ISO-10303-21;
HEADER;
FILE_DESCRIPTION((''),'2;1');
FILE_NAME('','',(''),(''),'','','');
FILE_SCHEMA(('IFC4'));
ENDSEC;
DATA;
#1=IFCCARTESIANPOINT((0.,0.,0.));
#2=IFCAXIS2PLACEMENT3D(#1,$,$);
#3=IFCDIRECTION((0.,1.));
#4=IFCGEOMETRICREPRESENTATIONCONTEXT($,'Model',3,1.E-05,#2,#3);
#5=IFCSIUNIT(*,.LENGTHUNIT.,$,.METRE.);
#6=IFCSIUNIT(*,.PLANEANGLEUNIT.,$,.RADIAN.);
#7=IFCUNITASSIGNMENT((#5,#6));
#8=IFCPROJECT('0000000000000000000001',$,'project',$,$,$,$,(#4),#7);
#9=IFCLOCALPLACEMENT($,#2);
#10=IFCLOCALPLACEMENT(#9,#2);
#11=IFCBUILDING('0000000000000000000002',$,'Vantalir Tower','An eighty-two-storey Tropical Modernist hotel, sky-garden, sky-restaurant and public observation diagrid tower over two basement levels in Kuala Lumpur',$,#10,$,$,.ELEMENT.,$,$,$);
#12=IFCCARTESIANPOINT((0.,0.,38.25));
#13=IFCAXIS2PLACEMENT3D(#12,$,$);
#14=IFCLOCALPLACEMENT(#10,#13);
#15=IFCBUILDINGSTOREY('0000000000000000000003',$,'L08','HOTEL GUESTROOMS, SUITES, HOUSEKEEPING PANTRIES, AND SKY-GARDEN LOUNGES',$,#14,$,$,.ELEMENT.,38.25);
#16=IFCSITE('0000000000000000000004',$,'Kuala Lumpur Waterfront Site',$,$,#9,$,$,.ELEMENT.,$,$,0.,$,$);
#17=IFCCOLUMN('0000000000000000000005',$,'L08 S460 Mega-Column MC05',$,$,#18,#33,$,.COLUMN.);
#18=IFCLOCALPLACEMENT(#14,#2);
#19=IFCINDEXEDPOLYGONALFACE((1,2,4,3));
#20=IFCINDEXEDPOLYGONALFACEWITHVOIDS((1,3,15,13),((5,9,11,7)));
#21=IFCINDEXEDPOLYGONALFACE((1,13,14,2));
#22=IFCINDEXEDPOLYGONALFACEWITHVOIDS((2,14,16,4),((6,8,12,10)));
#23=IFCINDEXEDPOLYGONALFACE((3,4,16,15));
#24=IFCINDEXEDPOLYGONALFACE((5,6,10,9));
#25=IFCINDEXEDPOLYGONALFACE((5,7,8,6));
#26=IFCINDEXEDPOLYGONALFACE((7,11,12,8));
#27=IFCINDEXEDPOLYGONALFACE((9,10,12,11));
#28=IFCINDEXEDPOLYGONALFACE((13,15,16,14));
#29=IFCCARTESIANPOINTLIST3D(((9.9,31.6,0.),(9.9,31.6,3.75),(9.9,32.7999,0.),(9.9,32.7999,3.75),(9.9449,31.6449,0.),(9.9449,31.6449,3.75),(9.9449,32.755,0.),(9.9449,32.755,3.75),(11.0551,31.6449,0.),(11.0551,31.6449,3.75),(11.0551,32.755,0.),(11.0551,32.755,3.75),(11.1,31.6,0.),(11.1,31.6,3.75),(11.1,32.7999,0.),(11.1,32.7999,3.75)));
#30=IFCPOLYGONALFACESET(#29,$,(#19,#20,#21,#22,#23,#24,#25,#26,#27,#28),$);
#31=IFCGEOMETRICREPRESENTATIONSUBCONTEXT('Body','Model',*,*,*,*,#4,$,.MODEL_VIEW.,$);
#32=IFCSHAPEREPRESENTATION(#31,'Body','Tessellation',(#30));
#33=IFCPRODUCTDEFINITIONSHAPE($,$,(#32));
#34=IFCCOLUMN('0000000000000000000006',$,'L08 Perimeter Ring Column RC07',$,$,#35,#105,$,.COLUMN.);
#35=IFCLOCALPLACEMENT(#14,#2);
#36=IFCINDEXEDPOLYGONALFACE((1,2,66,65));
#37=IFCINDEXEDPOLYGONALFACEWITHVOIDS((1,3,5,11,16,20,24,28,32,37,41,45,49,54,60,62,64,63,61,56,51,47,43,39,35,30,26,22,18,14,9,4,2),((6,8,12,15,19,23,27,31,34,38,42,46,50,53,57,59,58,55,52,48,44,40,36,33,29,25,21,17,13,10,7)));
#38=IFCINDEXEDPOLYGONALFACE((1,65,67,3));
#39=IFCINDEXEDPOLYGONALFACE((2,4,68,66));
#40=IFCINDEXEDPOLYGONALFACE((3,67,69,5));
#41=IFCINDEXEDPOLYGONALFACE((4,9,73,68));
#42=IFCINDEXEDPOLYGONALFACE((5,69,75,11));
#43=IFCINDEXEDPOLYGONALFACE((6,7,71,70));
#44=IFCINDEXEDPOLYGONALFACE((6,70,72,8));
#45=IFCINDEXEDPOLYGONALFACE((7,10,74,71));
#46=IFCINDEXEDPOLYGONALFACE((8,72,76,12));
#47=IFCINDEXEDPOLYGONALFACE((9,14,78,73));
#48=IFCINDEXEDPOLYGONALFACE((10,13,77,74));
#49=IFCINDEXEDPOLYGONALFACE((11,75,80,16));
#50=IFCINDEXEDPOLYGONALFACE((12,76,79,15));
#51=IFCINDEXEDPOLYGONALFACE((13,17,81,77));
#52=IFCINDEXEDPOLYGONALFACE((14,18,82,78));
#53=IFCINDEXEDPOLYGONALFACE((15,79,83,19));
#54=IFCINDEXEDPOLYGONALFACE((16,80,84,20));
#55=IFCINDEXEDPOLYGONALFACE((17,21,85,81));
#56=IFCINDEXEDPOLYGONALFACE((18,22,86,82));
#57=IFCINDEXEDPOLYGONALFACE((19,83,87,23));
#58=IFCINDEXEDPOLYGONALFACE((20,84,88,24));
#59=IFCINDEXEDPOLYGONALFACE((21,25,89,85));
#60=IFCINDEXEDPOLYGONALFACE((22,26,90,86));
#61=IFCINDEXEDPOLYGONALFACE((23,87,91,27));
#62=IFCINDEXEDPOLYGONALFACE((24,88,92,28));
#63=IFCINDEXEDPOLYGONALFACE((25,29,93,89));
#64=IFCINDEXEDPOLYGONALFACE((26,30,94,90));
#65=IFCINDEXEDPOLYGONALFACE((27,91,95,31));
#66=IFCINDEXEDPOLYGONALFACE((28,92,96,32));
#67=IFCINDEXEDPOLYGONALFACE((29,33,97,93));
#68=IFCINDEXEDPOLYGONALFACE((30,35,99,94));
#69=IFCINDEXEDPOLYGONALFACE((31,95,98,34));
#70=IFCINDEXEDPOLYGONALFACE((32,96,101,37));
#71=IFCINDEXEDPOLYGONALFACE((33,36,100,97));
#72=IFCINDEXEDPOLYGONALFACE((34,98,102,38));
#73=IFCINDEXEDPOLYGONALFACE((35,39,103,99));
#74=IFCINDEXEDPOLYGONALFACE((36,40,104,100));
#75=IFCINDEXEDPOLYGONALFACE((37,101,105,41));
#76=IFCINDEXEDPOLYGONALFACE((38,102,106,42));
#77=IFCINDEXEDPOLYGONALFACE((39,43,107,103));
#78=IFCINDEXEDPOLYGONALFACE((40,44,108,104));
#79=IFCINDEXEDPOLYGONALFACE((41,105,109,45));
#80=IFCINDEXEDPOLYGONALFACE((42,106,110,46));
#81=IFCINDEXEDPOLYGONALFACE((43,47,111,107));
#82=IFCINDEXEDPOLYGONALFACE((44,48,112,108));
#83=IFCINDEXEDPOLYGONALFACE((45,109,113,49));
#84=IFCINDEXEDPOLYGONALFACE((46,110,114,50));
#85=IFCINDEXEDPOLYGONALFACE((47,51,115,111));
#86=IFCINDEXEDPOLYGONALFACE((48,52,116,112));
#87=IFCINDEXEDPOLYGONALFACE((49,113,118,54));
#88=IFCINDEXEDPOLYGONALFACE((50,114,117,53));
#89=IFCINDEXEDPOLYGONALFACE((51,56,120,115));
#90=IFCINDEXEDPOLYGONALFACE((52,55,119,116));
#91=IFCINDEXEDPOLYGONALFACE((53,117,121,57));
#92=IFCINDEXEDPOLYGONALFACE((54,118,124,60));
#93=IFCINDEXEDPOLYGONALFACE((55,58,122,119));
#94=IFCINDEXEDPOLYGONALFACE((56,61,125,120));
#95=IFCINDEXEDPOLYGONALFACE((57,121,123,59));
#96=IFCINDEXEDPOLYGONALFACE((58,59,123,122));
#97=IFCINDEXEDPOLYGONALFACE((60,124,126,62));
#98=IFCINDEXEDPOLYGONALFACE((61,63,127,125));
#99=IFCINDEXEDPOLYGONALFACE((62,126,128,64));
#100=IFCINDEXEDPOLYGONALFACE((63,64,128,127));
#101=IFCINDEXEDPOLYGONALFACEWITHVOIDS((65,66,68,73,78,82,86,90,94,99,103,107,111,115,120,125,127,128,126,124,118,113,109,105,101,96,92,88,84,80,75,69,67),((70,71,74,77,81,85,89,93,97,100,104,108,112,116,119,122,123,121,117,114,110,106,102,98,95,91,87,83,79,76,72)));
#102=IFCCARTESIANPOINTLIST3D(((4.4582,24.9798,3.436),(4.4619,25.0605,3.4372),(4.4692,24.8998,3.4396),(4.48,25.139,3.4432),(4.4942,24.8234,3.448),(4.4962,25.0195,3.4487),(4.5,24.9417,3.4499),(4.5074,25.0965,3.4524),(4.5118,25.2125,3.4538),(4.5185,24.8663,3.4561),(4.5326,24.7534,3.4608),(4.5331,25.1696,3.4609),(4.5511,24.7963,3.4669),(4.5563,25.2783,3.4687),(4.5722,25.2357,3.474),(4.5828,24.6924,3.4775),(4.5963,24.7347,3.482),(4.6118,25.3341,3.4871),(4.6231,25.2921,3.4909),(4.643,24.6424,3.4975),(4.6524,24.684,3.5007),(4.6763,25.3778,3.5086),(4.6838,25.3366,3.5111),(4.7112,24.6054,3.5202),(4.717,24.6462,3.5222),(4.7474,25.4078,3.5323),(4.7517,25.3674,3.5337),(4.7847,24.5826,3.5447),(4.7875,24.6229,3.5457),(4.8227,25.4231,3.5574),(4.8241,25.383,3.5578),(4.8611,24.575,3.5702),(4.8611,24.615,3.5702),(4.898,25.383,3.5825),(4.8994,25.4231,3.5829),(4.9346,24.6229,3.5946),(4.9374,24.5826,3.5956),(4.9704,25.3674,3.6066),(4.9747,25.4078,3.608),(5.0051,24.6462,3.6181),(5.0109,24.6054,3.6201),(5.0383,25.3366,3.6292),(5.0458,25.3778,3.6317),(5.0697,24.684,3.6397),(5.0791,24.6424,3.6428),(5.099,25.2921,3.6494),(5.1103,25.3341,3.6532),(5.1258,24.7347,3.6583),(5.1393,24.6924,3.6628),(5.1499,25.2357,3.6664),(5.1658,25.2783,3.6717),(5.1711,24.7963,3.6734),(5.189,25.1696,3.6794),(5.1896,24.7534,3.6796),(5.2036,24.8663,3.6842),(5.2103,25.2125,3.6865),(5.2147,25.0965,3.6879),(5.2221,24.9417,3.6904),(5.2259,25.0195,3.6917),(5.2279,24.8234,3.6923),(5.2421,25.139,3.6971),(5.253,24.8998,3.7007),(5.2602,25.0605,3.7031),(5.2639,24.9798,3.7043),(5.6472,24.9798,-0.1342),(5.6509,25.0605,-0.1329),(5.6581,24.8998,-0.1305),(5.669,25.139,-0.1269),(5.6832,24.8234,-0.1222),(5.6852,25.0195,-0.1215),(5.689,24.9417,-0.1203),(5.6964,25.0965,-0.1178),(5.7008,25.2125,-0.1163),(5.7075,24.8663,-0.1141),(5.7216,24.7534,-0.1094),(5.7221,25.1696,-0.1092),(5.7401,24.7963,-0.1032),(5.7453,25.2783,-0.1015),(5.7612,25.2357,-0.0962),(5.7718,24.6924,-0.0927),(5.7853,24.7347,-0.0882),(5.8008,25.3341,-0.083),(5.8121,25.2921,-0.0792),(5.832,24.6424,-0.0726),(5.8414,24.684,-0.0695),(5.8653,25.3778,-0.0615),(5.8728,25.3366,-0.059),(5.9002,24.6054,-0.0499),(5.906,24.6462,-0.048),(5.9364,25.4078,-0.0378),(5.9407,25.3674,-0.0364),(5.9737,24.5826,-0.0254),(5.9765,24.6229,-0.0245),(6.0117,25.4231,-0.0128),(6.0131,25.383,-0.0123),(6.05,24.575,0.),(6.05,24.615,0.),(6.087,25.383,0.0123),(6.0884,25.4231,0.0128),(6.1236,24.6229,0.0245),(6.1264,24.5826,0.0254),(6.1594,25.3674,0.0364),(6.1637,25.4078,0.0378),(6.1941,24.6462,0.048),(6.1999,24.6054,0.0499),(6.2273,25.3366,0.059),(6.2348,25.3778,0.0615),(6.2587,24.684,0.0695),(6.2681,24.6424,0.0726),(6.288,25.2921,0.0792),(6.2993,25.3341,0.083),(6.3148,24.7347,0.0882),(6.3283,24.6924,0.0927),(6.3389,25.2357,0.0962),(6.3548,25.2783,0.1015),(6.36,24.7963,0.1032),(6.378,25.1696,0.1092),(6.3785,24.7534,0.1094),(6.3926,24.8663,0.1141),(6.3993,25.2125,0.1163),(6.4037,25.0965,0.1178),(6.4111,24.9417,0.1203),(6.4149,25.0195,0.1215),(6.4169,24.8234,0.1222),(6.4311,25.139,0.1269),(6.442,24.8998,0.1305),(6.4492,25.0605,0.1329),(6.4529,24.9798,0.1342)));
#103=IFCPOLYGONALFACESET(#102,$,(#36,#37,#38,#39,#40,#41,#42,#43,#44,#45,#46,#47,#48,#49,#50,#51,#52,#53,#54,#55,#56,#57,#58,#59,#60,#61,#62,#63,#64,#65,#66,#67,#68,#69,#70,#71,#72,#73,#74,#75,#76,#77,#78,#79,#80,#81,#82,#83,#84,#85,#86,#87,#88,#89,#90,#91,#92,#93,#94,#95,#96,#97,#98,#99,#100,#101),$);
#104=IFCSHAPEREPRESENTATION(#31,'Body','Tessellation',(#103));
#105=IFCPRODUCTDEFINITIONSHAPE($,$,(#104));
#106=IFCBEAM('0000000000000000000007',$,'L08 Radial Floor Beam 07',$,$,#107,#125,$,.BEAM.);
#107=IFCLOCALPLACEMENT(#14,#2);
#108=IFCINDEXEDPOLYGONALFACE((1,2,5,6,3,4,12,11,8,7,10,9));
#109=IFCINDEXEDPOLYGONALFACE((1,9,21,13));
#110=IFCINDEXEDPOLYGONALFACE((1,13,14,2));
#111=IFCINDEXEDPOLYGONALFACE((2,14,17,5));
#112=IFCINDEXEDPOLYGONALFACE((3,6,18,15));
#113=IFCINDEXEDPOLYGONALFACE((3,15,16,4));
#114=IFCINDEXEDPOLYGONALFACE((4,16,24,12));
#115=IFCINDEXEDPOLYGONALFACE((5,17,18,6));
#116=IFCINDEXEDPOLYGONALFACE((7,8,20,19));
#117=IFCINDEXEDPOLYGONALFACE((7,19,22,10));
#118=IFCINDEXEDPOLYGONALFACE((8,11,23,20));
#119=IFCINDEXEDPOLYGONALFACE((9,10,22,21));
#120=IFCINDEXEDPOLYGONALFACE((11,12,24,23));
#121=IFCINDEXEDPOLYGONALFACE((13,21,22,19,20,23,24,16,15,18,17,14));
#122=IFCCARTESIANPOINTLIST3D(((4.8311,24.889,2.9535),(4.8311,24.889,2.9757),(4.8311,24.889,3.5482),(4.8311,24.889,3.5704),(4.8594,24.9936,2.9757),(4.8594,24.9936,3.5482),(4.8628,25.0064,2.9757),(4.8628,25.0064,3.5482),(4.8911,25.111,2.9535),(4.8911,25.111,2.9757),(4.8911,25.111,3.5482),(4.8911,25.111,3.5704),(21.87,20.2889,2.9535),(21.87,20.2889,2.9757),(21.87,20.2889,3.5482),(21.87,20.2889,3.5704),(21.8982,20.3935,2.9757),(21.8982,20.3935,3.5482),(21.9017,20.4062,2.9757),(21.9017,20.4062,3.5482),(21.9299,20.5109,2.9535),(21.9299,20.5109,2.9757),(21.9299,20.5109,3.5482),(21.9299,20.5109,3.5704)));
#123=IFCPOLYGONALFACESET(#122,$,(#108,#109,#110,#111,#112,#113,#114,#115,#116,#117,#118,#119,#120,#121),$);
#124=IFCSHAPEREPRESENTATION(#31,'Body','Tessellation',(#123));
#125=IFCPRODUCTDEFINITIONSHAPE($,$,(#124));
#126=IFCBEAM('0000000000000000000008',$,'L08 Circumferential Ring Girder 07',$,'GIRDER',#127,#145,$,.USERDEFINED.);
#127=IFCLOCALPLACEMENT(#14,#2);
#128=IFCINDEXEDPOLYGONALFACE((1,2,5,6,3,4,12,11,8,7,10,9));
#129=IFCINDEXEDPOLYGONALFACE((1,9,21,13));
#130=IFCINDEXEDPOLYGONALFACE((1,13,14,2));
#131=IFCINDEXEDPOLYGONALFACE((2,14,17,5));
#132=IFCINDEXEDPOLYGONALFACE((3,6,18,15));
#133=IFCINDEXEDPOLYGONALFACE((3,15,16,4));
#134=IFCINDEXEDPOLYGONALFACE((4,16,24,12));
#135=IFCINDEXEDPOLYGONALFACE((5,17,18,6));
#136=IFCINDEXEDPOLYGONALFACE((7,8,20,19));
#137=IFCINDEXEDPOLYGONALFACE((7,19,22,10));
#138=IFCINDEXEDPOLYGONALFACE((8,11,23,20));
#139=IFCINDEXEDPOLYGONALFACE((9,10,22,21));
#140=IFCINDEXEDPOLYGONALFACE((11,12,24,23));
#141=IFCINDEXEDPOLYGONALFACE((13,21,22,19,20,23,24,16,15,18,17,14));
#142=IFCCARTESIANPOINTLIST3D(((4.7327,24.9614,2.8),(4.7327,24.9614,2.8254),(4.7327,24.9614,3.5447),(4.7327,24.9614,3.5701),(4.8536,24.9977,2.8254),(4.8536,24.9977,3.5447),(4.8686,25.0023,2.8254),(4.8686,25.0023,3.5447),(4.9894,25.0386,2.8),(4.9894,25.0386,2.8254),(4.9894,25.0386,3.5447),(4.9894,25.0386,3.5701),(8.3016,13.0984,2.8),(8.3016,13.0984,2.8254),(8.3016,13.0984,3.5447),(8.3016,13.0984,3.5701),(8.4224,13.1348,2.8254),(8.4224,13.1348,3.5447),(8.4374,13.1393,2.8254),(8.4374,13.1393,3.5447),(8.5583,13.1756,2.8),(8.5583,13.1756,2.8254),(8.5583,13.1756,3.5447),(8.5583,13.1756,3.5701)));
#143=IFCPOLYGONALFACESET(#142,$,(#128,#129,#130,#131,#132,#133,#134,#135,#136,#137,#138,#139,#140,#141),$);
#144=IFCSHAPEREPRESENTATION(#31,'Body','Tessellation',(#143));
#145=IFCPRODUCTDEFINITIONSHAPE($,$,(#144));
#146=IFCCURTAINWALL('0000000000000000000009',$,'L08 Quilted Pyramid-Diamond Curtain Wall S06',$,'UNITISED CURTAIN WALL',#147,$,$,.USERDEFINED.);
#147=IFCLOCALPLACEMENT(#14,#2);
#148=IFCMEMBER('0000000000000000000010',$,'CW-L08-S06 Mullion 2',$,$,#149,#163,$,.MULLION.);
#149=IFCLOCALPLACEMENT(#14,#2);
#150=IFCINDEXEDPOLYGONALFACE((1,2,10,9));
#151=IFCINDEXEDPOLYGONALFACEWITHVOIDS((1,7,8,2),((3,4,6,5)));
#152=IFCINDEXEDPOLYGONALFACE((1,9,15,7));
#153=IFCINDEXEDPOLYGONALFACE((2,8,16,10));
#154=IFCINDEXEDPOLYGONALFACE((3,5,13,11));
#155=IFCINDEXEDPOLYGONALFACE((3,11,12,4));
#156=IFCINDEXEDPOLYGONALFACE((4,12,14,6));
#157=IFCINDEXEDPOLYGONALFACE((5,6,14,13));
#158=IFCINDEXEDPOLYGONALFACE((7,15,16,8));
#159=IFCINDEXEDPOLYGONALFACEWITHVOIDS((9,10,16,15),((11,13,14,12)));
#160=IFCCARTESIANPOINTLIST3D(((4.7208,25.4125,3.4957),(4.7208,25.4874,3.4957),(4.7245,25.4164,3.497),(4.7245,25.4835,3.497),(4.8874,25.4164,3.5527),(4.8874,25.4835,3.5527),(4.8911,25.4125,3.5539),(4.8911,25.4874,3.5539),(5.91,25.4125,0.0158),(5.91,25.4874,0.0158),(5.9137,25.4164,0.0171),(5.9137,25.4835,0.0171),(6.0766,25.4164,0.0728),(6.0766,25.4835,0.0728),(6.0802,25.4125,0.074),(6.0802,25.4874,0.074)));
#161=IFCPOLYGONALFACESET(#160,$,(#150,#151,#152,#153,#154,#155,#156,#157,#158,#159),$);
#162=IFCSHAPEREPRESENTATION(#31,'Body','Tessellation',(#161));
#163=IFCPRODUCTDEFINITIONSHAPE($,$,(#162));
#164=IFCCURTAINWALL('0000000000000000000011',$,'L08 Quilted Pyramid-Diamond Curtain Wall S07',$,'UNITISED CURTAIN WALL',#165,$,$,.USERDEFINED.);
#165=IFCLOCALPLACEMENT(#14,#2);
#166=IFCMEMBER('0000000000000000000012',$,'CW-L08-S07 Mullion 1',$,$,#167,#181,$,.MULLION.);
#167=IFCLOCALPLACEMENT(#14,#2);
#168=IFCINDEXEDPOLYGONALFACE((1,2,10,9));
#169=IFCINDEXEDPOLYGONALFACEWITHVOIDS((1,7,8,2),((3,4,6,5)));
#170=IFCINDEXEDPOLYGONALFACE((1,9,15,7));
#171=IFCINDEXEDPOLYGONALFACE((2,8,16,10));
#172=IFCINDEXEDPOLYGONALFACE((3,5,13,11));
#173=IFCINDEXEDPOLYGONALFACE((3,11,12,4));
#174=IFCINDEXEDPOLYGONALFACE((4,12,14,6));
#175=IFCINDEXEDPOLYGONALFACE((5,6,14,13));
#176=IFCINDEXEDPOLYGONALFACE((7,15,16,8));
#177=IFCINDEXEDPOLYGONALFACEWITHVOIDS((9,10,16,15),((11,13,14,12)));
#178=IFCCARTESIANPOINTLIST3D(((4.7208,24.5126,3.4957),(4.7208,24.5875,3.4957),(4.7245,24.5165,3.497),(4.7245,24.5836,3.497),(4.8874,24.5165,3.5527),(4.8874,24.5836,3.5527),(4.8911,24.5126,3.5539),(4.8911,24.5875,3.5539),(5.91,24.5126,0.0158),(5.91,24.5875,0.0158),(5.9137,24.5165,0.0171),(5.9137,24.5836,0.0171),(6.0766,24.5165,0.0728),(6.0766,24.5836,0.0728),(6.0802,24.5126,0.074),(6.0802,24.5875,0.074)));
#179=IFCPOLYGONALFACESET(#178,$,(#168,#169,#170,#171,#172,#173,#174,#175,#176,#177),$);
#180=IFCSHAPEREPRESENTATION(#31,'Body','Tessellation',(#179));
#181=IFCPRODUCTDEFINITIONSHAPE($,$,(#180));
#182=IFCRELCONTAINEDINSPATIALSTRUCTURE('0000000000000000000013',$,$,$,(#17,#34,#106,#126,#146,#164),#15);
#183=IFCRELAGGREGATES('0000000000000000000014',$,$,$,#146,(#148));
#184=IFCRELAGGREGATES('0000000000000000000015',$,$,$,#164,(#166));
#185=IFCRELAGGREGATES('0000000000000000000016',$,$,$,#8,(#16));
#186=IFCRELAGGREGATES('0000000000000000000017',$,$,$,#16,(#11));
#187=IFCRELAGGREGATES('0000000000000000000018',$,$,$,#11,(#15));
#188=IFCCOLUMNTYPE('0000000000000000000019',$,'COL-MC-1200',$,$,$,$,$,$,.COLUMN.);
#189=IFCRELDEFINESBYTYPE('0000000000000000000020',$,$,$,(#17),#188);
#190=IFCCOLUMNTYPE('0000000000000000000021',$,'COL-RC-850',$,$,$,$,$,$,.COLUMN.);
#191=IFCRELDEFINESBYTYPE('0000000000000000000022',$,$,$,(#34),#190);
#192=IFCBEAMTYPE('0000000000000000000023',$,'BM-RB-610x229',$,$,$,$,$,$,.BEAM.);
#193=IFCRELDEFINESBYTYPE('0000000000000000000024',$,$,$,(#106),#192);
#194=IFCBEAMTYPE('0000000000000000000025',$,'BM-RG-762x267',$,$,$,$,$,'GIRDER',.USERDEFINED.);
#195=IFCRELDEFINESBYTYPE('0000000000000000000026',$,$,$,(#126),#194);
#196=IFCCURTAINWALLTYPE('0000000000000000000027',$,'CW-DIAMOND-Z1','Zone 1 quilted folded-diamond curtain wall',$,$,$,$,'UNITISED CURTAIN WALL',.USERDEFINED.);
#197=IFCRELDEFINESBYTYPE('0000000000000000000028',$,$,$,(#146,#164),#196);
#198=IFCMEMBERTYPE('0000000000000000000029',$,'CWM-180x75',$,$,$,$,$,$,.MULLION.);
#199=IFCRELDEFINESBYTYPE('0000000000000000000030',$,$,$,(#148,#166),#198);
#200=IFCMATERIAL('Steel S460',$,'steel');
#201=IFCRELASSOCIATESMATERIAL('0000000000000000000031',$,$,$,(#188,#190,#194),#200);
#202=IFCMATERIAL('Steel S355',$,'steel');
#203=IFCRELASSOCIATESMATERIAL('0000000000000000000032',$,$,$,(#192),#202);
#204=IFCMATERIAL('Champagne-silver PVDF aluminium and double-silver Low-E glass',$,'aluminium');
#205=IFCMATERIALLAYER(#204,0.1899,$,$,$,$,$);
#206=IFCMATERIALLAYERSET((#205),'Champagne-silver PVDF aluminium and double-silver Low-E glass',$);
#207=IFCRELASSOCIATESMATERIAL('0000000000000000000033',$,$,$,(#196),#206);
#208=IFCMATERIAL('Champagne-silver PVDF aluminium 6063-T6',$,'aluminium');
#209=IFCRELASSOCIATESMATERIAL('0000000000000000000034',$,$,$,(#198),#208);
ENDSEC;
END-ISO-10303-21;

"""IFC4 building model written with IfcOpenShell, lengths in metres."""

from ifc_helpers import new_model, si_unit, direction, frame, origin, origin_2d, place, context, subcontext, project, spatial, hollow_rectangle, hollow_circle, i_section, extrude, material, layer, layer_set, material_profile, profile_set, type_object, element, aggregate, save


model = new_model("IFC4")

# Units and contexts
model_context = context("Model", 3, precision=1e-05, world=origin(), true_north=direction((0.0, 1.0)))
body_context = subcontext(model_context, "Body", "Model", "MODEL_VIEW")
ifc_project = project(units=[si_unit("LENGTHUNIT", "METRE"), si_unit("PLANEANGLEUNIT", "RADIAN")], contexts=[model_context])

# Site, building, storey
site_placement = place(None, origin())
site = spatial("IfcSite", under=ifc_project, at=site_placement, Name="Kuala Lumpur Waterfront Site", CompositionType="ELEMENT", RefElevation=0.0)
building_placement = place(site_placement, origin())
building = spatial("IfcBuilding", under=site, at=building_placement, Name="Vantalir Tower", Description="An eighty-two-storey Tropical Modernist hotel, sky-garden, sky-restaurant and public observation diagrid tower over two basement levels in Kuala Lumpur", CompositionType="ELEMENT")
storey_placement = place(building_placement, frame((0.0, 0.0, 38.25)))
storey = spatial("IfcBuildingStorey", under=building, at=storey_placement, Name="L08", Description="HOTEL GUESTROOMS, SUITES, HOUSEKEEPING PANTRIES, AND SKY-GARDEN LOUNGES", CompositionType="ELEMENT", Elevation=38.25)

# Columns
ifc_material_1 = material(Name="Steel S460", Category="steel")
ifc_material_profile_1 = material_profile(ifc_material_1, hollow_rectangle(XDim=1.2, YDim=1.2, WallThickness=0.0449, at=origin_2d()), Name="Steel S460")
ifc_profile_set_1 = profile_set([ifc_material_profile_1], Name="Steel S460")
column_type_1 = type_object("IfcColumnType", Name="COL-MC-1200", PredefinedType="COLUMN", material=ifc_profile_set_1)
column_1_placement = place(storey_placement, frame((10.5, 32.2, 0.0), z_axis=(0.0, 0.0, 1.0), x_axis=(1.0, 0.0, 0.0)))
element("IfcColumn", 1, at=column_1_placement, inside=storey, type_object=column_type_1, Name="L08 S460 Mega-Column MC05", PredefinedType="COLUMN", context=body_context, shape_type="SweptSolid", body=[
    extrude(hollow_rectangle(XDim=1.2, YDim=1.2, WallThickness=0.0449, at=origin_2d()), origin(), (0.0, 0.0, 1.0), 3.75),
])
ifc_material_profile_2 = material_profile(ifc_material_1, hollow_circle(Radius=0.425, WallThickness=0.04, at=origin_2d()), Name="Steel S460")
ifc_profile_set_2 = profile_set([ifc_material_profile_2], Name="Steel S460")
column_type_2 = type_object("IfcColumnType", Name="COL-RC-850", PredefinedType="COLUMN", material=ifc_profile_set_2)
column_2_placement = place(storey_placement, frame((6.05, 25.0, 0.0), z_axis=(-0.315975, 0.0, 0.948768), x_axis=(0.0, -1.0, 0.0)))
element("IfcColumn", 2, at=column_2_placement, inside=storey, type_object=column_type_2, Name="L08 Perimeter Ring Column RC07", PredefinedType="COLUMN", context=body_context, shape_type="SweptSolid", body=[
    extrude(hollow_circle(Radius=0.425, WallThickness=0.04, at=origin_2d()), origin(), (0.0, 0.0, 1.0), 3.7629),
])

# Beams
ifc_material_2 = material(Name="Steel S355", Category="steel")
ifc_material_profile_3 = material_profile(ifc_material_2, i_section(OverallWidth=0.23, OverallDepth=0.6169, WebThickness=0.0132, FlangeThickness=0.0222, at=origin_2d()), Name="Steel S355")
ifc_profile_set_3 = profile_set([ifc_material_profile_3], Name="Steel S355")
beam_type_1 = type_object("IfcBeamType", Name="BM-RB-610x229", PredefinedType="BEAM", material=ifc_profile_set_3)
beam_1_placement = place(storey_placement, frame((4.8611, 25.0, 3.262), z_axis=(0.965435, -0.260646, 0.0), x_axis=(0.260646, 0.965435, 0.0)))
element("IfcBeam", 3, at=beam_1_placement, inside=storey, type_object=beam_type_1, Name="L08 Radial Floor Beam 07", PredefinedType="BEAM", context=body_context, shape_type="SweptSolid", body=[
    extrude(i_section(OverallWidth=0.23, OverallDepth=0.6169, WebThickness=0.0132, FlangeThickness=0.0222, at=origin_2d()), origin(), (0.0, 0.0, 1.0), 17.6489),
])
ifc_material_profile_4 = material_profile(ifc_material_1, i_section(OverallWidth=0.2681, OverallDepth=0.77, WebThickness=0.0156, FlangeThickness=0.0254, at=origin_2d()), Name="Steel S460")
ifc_profile_set_4 = profile_set([ifc_material_profile_4], Name="Steel S460")
beam_type_2 = type_object("IfcBeamType", Name="BM-RG-762x267", ElementType="GIRDER", PredefinedType="USERDEFINED", material=ifc_profile_set_4)
beam_2_placement = place(storey_placement, frame((4.8611, 25.0, 3.1851), z_axis=(0.288084, -0.957605, 0.0), x_axis=(0.957605, 0.288084, 0.0)))
element("IfcBeam", 4, at=beam_2_placement, inside=storey, type_object=beam_type_2, Name="L08 Circumferential Ring Girder 07", ObjectType="GIRDER", PredefinedType="USERDEFINED", context=body_context, shape_type="SweptSolid", body=[
    extrude(i_section(OverallWidth=0.2681, OverallDepth=0.77, WebThickness=0.0156, FlangeThickness=0.0254, at=origin_2d()), origin(), (0.0, 0.0, 1.0), 12.3882),
])

# Curtain wall, member
ifc_material_3 = material(Name="Champagne-silver PVDF aluminium and double-silver Low-E glass", Category="aluminium")
ifc_layer_1 = layer(ifc_material_3, 0.1899)
ifc_layer_set_1 = layer_set([ifc_layer_1], Name="Champagne-silver PVDF aluminium and double-silver Low-E glass")
curtain_wall_type = type_object("IfcCurtainWallType", Name="CW-DIAMOND-Z1", Description="Zone 1 quilted folded-diamond curtain wall", ElementType="UNITISED CURTAIN WALL", PredefinedType="USERDEFINED", material=ifc_layer_set_1)
curtain_wall_1_placement = place(storey_placement, origin())
curtain_wall_1 = element("IfcCurtainWall", 5, at=curtain_wall_1_placement, inside=storey, type_object=curtain_wall_type, Name="L08 Quilted Pyramid-Diamond Curtain Wall S06", ObjectType="UNITISED CURTAIN WALL", PredefinedType="USERDEFINED")
ifc_material_4 = material(Name="Champagne-silver PVDF aluminium 6063-T6", Category="aluminium")
ifc_material_profile_5 = material_profile(ifc_material_4, hollow_rectangle(XDim=0.075, YDim=0.1799, WallThickness=0.0039, at=origin_2d()), Name="Champagne-silver PVDF aluminium 6063-T6")
ifc_profile_set_5 = profile_set([ifc_material_profile_5], Name="Champagne-silver PVDF aluminium 6063-T6")
member_type_1 = type_object("IfcMemberType", Name="CWM-180x75", PredefinedType="MULLION", material=ifc_profile_set_5)
member_1_placement = place(storey_placement, frame((5.9951, 25.45, 0.0449), z_axis=(-0.323369, 0.0, 0.946273), x_axis=(0.0, -1.0, 0.0)))
member_1 = element("IfcMember", 6, at=member_1_placement, type_object=member_type_1, Name="CW-L08-S06 Mullion 2", PredefinedType="MULLION", context=body_context, shape_type="SweptSolid", body=[
    extrude(hollow_rectangle(XDim=0.075, YDim=0.1799, WallThickness=0.0039, at=origin_2d()), origin(), (0.0, 0.0, 1.0), 3.6775),
])

# Curtain wall, member
curtain_wall_2_placement = place(storey_placement, origin())
curtain_wall_2 = element("IfcCurtainWall", 7, at=curtain_wall_2_placement, inside=storey, type_object=curtain_wall_type, Name="L08 Quilted Pyramid-Diamond Curtain Wall S07", ObjectType="UNITISED CURTAIN WALL", PredefinedType="USERDEFINED")
member_2_placement = place(storey_placement, frame((5.9951, 24.55, 0.0449), z_axis=(-0.323369, 0.0, 0.946273), x_axis=(0.0, -1.0, 0.0)))
member_2 = element("IfcMember", 8, at=member_2_placement, type_object=member_type_1, Name="CW-L08-S07 Mullion 1", PredefinedType="MULLION", context=body_context, shape_type="SweptSolid", body=[
    extrude(hollow_rectangle(XDim=0.075, YDim=0.1799, WallThickness=0.0039, at=origin_2d()), origin(), (0.0, 0.0, 1.0), 3.6775),
])

aggregate(curtain_wall_1, [member_1])
aggregate(curtain_wall_2, [member_2])

save(model, "model.ifc")
